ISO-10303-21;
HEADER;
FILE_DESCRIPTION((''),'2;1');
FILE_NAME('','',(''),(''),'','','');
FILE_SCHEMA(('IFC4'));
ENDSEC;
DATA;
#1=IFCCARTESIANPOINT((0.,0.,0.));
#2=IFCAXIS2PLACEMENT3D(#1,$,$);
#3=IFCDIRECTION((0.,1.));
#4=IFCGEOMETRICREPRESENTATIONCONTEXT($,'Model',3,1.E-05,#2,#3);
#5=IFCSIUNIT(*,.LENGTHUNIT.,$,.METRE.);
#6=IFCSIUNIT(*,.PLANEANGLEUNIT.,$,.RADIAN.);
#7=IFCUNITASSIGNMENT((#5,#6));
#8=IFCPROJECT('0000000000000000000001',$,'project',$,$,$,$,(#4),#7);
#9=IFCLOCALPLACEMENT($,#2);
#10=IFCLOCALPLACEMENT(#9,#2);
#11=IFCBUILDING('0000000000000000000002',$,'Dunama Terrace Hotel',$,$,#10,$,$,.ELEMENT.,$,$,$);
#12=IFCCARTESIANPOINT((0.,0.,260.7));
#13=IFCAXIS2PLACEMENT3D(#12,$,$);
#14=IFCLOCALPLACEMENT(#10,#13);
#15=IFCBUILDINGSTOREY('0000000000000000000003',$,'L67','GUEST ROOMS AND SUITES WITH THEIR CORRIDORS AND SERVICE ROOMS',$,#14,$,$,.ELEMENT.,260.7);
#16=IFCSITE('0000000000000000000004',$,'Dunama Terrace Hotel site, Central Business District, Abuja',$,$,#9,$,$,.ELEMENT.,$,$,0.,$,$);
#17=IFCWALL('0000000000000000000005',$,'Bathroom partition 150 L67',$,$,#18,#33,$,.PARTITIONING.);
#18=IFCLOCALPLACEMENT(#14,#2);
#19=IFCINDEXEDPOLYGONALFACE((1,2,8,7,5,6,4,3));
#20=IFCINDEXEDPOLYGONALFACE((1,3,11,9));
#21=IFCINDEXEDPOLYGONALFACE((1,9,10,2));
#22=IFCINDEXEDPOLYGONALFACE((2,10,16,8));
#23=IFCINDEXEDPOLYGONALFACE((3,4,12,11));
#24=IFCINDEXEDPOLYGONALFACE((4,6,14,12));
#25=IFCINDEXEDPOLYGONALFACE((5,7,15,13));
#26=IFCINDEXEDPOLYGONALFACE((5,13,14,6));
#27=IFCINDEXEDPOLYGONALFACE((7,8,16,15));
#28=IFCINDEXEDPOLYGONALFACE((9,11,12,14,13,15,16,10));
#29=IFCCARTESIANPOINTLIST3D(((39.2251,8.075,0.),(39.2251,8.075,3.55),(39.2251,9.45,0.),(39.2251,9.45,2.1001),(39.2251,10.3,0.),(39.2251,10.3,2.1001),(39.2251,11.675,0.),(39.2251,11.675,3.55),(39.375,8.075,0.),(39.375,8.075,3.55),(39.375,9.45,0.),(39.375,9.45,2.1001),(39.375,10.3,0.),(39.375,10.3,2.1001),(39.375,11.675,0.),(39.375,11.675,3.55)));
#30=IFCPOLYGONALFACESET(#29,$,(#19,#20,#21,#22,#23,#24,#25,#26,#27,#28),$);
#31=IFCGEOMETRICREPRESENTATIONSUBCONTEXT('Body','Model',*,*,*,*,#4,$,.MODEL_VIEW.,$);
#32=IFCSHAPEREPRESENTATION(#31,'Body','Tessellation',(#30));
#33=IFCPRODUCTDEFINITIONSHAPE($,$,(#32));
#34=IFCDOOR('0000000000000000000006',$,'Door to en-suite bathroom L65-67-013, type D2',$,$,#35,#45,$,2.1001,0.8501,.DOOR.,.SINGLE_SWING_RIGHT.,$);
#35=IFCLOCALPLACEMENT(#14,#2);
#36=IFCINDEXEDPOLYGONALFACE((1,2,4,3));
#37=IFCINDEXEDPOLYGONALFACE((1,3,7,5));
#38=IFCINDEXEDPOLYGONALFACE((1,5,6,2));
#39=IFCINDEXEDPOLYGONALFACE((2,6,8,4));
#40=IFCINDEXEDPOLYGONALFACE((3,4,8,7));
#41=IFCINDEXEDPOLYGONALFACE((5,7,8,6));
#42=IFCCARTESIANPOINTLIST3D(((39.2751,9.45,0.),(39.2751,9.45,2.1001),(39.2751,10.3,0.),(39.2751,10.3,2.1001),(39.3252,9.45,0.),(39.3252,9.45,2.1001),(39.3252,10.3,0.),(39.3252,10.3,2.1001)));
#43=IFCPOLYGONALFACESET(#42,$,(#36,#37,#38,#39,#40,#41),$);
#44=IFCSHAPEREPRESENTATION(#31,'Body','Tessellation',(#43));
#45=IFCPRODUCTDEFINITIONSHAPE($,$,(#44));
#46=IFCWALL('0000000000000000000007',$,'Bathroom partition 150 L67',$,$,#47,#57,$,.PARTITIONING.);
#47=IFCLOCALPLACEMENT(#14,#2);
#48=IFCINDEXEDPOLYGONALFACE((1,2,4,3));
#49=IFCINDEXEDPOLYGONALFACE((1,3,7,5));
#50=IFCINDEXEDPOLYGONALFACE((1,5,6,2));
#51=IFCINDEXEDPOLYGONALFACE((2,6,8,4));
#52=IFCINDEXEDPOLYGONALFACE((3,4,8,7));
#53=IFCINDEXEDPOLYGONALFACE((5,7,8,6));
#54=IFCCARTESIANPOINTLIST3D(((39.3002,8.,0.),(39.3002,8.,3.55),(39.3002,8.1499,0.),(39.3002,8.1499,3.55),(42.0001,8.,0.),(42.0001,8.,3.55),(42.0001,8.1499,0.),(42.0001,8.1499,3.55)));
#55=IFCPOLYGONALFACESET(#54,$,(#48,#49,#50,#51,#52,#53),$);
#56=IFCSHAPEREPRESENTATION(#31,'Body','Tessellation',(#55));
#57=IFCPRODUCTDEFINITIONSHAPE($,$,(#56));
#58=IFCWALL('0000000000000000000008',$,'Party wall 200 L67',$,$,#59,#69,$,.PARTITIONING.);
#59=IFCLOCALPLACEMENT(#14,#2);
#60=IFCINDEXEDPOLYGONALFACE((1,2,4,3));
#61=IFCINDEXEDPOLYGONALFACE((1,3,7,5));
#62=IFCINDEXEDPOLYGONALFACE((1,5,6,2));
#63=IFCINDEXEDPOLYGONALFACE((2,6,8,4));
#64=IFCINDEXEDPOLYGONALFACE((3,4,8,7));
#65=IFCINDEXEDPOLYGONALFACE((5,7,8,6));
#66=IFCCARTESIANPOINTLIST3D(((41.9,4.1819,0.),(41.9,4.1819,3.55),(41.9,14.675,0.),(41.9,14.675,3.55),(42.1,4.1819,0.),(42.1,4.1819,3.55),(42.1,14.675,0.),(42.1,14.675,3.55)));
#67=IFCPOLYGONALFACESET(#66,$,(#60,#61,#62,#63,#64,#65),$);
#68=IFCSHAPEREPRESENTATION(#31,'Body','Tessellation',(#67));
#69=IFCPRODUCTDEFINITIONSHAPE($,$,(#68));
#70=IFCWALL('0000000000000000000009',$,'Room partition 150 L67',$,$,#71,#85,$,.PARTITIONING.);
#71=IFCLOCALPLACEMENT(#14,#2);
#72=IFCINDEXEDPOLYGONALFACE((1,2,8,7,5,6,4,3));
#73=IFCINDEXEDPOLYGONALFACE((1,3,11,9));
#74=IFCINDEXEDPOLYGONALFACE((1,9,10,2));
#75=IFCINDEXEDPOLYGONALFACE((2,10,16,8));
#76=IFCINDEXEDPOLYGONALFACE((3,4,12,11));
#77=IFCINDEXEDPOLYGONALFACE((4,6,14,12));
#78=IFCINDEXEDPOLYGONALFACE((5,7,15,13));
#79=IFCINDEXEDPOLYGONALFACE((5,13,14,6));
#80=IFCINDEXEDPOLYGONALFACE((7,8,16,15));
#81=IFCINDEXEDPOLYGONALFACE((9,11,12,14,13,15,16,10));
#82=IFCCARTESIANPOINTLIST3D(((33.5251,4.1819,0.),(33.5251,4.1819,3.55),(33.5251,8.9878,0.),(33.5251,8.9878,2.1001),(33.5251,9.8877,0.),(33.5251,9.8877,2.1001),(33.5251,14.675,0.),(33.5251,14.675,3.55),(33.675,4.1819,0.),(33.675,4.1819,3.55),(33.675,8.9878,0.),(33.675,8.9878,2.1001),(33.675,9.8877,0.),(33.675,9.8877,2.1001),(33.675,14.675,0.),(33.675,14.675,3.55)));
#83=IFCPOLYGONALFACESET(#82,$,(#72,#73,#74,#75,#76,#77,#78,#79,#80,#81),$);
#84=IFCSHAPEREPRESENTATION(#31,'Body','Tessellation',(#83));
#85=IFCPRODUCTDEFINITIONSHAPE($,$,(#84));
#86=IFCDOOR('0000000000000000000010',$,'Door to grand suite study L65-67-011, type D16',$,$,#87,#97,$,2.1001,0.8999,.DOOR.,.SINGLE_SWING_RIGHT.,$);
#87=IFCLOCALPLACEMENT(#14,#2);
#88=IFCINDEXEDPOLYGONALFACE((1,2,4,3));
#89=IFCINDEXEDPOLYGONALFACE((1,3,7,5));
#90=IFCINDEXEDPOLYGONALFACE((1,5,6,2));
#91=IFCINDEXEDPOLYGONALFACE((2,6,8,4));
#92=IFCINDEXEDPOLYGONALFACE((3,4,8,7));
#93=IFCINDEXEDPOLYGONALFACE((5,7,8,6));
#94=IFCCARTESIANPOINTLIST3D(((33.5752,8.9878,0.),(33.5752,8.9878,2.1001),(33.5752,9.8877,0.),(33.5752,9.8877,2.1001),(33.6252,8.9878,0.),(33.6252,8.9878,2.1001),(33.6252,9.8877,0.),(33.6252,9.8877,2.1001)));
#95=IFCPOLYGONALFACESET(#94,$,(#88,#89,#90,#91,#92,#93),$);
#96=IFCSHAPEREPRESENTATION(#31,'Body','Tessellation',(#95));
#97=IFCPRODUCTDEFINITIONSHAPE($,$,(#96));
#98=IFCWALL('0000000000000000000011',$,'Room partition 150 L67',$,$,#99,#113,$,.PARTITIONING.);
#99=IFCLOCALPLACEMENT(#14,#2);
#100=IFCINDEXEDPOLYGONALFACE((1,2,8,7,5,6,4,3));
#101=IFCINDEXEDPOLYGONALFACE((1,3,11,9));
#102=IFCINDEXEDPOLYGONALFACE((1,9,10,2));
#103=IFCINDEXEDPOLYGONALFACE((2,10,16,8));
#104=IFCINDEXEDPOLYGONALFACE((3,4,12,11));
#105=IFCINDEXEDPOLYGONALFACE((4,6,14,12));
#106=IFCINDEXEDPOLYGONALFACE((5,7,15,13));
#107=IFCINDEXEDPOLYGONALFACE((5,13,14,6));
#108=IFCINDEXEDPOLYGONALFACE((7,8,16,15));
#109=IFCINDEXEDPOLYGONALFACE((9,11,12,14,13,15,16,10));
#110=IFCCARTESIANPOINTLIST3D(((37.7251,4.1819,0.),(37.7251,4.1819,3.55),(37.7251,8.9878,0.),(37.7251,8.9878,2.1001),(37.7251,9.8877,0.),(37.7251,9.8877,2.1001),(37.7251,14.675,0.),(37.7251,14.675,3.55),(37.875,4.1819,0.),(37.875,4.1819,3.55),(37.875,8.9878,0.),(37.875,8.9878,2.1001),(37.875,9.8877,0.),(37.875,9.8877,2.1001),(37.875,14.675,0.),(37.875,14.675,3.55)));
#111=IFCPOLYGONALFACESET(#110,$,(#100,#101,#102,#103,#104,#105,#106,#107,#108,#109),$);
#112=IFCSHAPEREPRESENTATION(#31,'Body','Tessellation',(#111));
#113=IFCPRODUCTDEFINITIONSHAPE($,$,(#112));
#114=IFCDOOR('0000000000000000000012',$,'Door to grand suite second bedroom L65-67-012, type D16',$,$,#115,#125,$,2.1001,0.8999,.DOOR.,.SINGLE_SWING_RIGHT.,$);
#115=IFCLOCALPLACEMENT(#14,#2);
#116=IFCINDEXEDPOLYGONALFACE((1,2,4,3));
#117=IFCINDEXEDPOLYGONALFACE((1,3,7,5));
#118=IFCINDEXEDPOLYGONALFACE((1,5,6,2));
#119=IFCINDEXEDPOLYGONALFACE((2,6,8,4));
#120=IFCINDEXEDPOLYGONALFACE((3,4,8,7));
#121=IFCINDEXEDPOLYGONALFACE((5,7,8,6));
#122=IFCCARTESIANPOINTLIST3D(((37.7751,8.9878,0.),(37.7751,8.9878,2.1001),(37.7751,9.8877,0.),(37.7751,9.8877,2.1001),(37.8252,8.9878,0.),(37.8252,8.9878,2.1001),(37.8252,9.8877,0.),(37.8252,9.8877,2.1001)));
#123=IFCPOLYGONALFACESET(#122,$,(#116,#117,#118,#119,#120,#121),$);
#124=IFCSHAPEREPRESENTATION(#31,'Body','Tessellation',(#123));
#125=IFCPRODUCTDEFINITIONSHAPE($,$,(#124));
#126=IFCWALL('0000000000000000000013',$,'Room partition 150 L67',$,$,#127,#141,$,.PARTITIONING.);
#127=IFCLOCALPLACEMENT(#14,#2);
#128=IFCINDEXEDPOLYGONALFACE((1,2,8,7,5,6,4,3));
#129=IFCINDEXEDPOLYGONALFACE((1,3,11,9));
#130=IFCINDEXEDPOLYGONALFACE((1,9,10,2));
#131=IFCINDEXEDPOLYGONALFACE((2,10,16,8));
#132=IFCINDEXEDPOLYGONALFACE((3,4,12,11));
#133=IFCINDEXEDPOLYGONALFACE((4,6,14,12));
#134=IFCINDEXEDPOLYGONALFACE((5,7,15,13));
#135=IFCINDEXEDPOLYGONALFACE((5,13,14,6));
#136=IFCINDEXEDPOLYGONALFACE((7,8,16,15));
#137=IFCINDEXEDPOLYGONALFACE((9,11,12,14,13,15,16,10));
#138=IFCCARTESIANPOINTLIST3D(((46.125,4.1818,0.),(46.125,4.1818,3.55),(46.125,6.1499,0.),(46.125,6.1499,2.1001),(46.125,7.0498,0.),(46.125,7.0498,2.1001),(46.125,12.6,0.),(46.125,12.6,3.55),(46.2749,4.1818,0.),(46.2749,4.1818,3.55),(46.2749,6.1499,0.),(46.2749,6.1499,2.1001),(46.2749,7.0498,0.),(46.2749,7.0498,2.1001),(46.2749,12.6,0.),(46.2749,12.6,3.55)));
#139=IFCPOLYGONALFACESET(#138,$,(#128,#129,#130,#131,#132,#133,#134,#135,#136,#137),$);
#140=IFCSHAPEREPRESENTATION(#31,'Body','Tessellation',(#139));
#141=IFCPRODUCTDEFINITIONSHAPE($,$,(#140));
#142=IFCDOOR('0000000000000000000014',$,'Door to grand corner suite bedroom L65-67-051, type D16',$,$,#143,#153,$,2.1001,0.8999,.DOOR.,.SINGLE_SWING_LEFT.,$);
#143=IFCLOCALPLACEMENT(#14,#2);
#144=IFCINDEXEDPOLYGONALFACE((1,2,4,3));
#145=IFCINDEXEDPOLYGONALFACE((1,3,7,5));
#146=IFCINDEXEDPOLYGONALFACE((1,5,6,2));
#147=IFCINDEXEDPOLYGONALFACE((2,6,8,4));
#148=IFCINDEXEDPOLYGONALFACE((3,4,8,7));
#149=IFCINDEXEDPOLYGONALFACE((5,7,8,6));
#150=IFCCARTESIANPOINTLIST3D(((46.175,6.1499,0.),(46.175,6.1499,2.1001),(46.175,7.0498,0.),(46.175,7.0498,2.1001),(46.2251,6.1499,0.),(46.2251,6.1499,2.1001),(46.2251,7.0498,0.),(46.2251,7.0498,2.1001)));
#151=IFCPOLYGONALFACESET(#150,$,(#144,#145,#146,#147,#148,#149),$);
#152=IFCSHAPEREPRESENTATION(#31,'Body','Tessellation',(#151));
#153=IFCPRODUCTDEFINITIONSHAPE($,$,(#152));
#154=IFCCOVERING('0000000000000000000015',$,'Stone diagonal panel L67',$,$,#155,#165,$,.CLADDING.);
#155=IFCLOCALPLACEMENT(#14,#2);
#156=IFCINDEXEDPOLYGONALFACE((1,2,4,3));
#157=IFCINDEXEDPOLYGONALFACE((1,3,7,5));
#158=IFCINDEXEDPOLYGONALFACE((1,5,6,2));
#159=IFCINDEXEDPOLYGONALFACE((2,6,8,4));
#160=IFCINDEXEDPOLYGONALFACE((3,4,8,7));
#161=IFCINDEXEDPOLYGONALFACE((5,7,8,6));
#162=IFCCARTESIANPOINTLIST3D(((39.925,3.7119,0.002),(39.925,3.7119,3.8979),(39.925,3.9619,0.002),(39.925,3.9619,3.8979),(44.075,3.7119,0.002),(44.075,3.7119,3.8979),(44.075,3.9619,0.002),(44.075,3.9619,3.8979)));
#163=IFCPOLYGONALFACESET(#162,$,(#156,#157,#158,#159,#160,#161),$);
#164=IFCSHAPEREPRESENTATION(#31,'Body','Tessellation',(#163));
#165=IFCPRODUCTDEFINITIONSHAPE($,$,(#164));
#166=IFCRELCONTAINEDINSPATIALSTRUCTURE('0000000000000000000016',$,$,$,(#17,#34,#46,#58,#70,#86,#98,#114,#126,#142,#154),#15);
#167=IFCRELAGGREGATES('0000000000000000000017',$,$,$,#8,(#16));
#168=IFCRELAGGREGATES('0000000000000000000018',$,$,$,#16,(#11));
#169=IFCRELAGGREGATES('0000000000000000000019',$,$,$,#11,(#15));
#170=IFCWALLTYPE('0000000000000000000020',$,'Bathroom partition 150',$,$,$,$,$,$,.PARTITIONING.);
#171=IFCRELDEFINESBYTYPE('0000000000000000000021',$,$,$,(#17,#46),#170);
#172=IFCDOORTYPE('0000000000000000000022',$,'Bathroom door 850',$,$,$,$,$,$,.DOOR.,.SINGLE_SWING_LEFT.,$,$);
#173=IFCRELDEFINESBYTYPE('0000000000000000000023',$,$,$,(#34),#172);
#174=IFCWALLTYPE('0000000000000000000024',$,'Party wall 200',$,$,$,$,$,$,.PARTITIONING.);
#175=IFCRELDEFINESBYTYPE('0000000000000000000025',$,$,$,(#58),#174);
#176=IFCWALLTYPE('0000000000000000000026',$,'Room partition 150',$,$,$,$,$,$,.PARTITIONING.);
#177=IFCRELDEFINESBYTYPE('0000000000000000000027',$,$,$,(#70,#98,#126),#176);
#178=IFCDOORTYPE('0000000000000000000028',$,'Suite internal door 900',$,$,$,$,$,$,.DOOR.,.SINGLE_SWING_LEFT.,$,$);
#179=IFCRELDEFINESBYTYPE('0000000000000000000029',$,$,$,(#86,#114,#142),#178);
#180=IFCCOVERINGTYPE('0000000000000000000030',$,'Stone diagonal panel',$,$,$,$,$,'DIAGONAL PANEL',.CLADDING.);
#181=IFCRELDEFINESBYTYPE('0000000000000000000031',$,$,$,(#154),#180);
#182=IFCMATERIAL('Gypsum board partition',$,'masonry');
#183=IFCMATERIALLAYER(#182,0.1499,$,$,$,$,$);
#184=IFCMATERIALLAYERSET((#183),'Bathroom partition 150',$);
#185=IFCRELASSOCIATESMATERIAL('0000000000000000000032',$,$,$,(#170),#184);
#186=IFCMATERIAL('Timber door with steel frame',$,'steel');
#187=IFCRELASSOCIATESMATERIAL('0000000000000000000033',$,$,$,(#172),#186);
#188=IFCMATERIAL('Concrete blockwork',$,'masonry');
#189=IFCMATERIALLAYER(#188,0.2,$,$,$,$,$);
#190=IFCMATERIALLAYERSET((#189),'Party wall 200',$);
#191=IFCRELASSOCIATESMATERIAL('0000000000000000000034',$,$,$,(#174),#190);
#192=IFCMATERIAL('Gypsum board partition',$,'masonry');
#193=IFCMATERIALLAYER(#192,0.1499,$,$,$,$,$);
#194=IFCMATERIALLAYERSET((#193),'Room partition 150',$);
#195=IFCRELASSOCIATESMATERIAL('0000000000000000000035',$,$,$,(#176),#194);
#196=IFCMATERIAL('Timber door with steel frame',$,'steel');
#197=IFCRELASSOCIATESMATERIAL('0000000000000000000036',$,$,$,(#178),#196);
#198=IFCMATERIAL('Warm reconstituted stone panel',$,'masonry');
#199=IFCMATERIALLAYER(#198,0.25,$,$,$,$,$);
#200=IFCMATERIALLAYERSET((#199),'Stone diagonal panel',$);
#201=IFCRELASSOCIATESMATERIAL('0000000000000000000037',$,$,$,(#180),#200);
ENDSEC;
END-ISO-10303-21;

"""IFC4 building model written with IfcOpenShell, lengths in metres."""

from ifc_helpers import new_model, si_unit, direction, frame, frame_2d, origin, origin_2d, place, context, subcontext, project, spatial, rectangle, extrude, material, layer, layer_set, type_object, element, fill, save


model = new_model("IFC4")

# Units and contexts
model_context = context("Model", 3, precision=1e-05, world=origin(), true_north=direction((0.0, 1.0)))
body_context = subcontext(model_context, "Body", "Model", "MODEL_VIEW")
ifc_project = project(units=[si_unit("LENGTHUNIT", "METRE"), si_unit("PLANEANGLEUNIT", "RADIAN")], contexts=[model_context])

# Site, building, storey
site_placement = place(None, origin())
site = spatial("IfcSite", under=ifc_project, at=site_placement, Name="Dunama Terrace Hotel site, Central Business District, Abuja", CompositionType="ELEMENT", RefElevation=0.0)
building_placement = place(site_placement, origin())
building = spatial("IfcBuilding", under=site, at=building_placement, Name="Dunama Terrace Hotel", CompositionType="ELEMENT")
storey_placement = place(building_placement, frame((0.0, 0.0, 260.7)))
storey = spatial("IfcBuildingStorey", under=building, at=storey_placement, Name="L67", Description="GUEST ROOMS AND SUITES WITH THEIR CORRIDORS AND SERVICE ROOMS", CompositionType="ELEMENT", Elevation=260.7)

# Wall, opening, door
ifc_material_1 = material(Name="Gypsum board partition", Category="masonry")
ifc_layer_1 = layer(ifc_material_1, 0.1499)
ifc_layer_set_1 = layer_set([ifc_layer_1], Name="Bathroom partition 150")
wall_type_1 = type_object("IfcWallType", Name="Bathroom partition 150", PredefinedType="PARTITIONING", material=ifc_layer_set_1)
wall_1_placement = place(storey_placement, frame((39.3, 8.075, 0.0), z_axis=(0.0, 0.0, 1.0), x_axis=(0.0, 1.0, 0.0)))
wall_1 = element("IfcWall", 1, at=wall_1_placement, inside=storey, type_object=wall_type_1, Name="Bathroom partition 150 L67", PredefinedType="PARTITIONING", context=body_context, shape_type="SweptSolid", body=[
    extrude(rectangle(XDim=3.6001, YDim=0.1499, at=frame_2d((1.8, 0.0))), origin(), (0.0, 0.0, 1.0), 3.55),
])
opening_1_placement = place(wall_1_placement, frame((1.375, 0.0, 0.0)))
opening_1 = element("IfcOpeningElement", 2, at=opening_1_placement, cuts=wall_1, PredefinedType="OPENING", context=body_context, shape_type="SweptSolid", body=[
    extrude(rectangle(XDim=0.8501, YDim=2.1001, at=frame_2d((0.425, 1.05))), frame((0.0, 0.085, 0.0), z_axis=(0.0, -1.0, 0.0), x_axis=(1.0, 0.0, 0.0)), (0.0, 0.0, 1.0), 0.1699),
])
ifc_material_2 = material(Name="Timber door with steel frame", Category="steel")
door_type_1 = type_object("IfcDoorType", Name="Bathroom door 850", OperationType="SINGLE_SWING_LEFT", PredefinedType="DOOR", material=ifc_material_2)
door_1_placement = place(opening_1_placement, frame((0.8501, 0.0, 0.0), z_axis=(0.0, 0.0, 1.0), x_axis=(-1.0, 0.0, 0.0)))
door_1 = element("IfcDoor", 3, at=door_1_placement, inside=storey, type_object=door_type_1, Name="Door to en-suite bathroom L65-67-013, type D2", OperationType="SINGLE_SWING_RIGHT", OverallHeight=2.1001, OverallWidth=0.8501, PredefinedType="DOOR", context=body_context, shape_type="SweptSolid", body=[
    extrude(rectangle(XDim=0.8501, YDim=2.1001, at=frame_2d((0.425, 1.05))), frame((0.0, 0.0251, 0.0), z_axis=(0.0, -1.0, 0.0), x_axis=(1.0, 0.0, 0.0)), (0.0, 0.0, 1.0), 0.05),
])
fill(opening_1, door_1)

# Walls
wall_2_placement = place(storey_placement, frame((39.3, 8.075, 0.0), z_axis=(0.0, 0.0, 1.0), x_axis=(1.0, 0.0, 0.0)))
element("IfcWall", 4, at=wall_2_placement, inside=storey, type_object=wall_type_1, Name="Bathroom partition 150 L67", PredefinedType="PARTITIONING", context=body_context, shape_type="SweptSolid", body=[
    extrude(rectangle(XDim=2.7, YDim=0.1499, at=frame_2d((1.3501, 0.0))), origin(), (0.0, 0.0, 1.0), 3.55),
])
ifc_material_3 = material(Name="Concrete blockwork", Category="masonry")
ifc_layer_2 = layer(ifc_material_3, 0.2)
ifc_layer_set_2 = layer_set([ifc_layer_2], Name="Party wall 200")
wall_type_2 = type_object("IfcWallType", Name="Party wall 200", PredefinedType="PARTITIONING", material=ifc_layer_set_2)
wall_3_placement = place(storey_placement, frame((42.0, 4.1819, 0.0), z_axis=(0.0, 0.0, 1.0), x_axis=(0.0, 1.0, 0.0)))
element("IfcWall", 5, at=wall_3_placement, inside=storey, type_object=wall_type_2, Name="Party wall 200 L67", PredefinedType="PARTITIONING", context=body_context, shape_type="SweptSolid", body=[
    extrude(rectangle(XDim=10.4932, YDim=0.2, at=frame_2d((5.2466, 0.0))), origin(), (0.0, 0.0, 1.0), 3.55),
])

# Walls, openings, doors
ifc_material_4 = material(Name="Gypsum board partition", Category="masonry")
ifc_layer_3 = layer(ifc_material_4, 0.1499)
ifc_layer_set_3 = layer_set([ifc_layer_3], Name="Room partition 150")
wall_type_3 = type_object("IfcWallType", Name="Room partition 150", PredefinedType="PARTITIONING", material=ifc_layer_set_3)
wall_4_placement = place(storey_placement, frame((33.6001, 4.1819, 0.0), z_axis=(0.0, 0.0, 1.0), x_axis=(0.0, 1.0, 0.0)))
wall_4 = element("IfcWall", 6, at=wall_4_placement, inside=storey, type_object=wall_type_3, Name="Room partition 150 L67", PredefinedType="PARTITIONING", context=body_context, shape_type="SweptSolid", body=[
    extrude(rectangle(XDim=10.4932, YDim=0.1499, at=frame_2d((5.2466, 0.0))), origin(), (0.0, 0.0, 1.0), 3.55),
])
opening_2_placement = place(wall_4_placement, frame((4.8059, 0.0, 0.0)))
opening_2 = element("IfcOpeningElement", 7, at=opening_2_placement, cuts=wall_4, PredefinedType="OPENING", context=body_context, shape_type="SweptSolid", body=[
    extrude(rectangle(XDim=0.8999, YDim=2.1001, at=frame_2d((0.45, 1.05))), frame((0.0, 0.085, 0.0), z_axis=(0.0, -1.0, 0.0), x_axis=(1.0, 0.0, 0.0)), (0.0, 0.0, 1.0), 0.1699),
])
ifc_material_5 = material(Name="Timber door with steel frame", Category="steel")
door_type_2 = type_object("IfcDoorType", Name="Suite internal door 900", OperationType="SINGLE_SWING_LEFT", PredefinedType="DOOR", material=ifc_material_5)
door_2_placement = place(opening_2_placement, origin())
door_2 = element("IfcDoor", 8, at=door_2_placement, inside=storey, type_object=door_type_2, Name="Door to grand suite study L65-67-011, type D16", OperationType="SINGLE_SWING_RIGHT", OverallHeight=2.1001, OverallWidth=0.8999, PredefinedType="DOOR", context=body_context, shape_type="SweptSolid", body=[
    extrude(rectangle(XDim=0.8999, YDim=2.1001, at=frame_2d((0.45, 1.05))), frame((0.0, 0.0249, 0.0), z_axis=(0.0, -1.0, 0.0), x_axis=(1.0, 0.0, 0.0)), (0.0, 0.0, 1.0), 0.05),
])
fill(opening_2, door_2)
wall_5_placement = place(storey_placement, frame((37.8, 4.1819, 0.0), z_axis=(0.0, 0.0, 1.0), x_axis=(0.0, 1.0, 0.0)))
wall_5 = element("IfcWall", 9, at=wall_5_placement, inside=storey, type_object=wall_type_3, Name="Room partition 150 L67", PredefinedType="PARTITIONING", context=body_context, shape_type="SweptSolid", body=[
    extrude(rectangle(XDim=10.4932, YDim=0.1499, at=frame_2d((5.2466, 0.0))), origin(), (0.0, 0.0, 1.0), 3.55),
])
opening_3_placement = place(wall_5_placement, frame((4.8059, 0.0, 0.0)))
opening_3 = element("IfcOpeningElement", 10, at=opening_3_placement, cuts=wall_5, PredefinedType="OPENING", context=body_context, shape_type="SweptSolid", body=[
    extrude(rectangle(XDim=0.8999, YDim=2.1001, at=frame_2d((0.45, 1.05))), frame((0.0, 0.085, 0.0), z_axis=(0.0, -1.0, 0.0), x_axis=(1.0, 0.0, 0.0)), (0.0, 0.0, 1.0), 0.1699),
])
door_3_placement = place(opening_3_placement, frame((0.8999, 0.0, 0.0), z_axis=(0.0, 0.0, 1.0), x_axis=(-1.0, 0.0, 0.0)))
door_3 = element("IfcDoor", 11, at=door_3_placement, inside=storey, type_object=door_type_2, Name="Door to grand suite second bedroom L65-67-012, type D16", OperationType="SINGLE_SWING_RIGHT", OverallHeight=2.1001, OverallWidth=0.8999, PredefinedType="DOOR", context=body_context, shape_type="SweptSolid", body=[
    extrude(rectangle(XDim=0.8999, YDim=2.1001, at=frame_2d((0.45, 1.05))), frame((0.0, 0.0251, 0.0), z_axis=(0.0, -1.0, 0.0), x_axis=(1.0, 0.0, 0.0)), (0.0, 0.0, 1.0), 0.05),
])
fill(opening_3, door_3)
wall_6_placement = place(storey_placement, frame((46.2, 4.1819, 0.0), z_axis=(0.0, 0.0, 1.0), x_axis=(0.0, 1.0, 0.0)))
wall_6 = element("IfcWall", 12, at=wall_6_placement, inside=storey, type_object=wall_type_3, Name="Room partition 150 L67", PredefinedType="PARTITIONING", context=body_context, shape_type="SweptSolid", body=[
    extrude(rectangle(XDim=8.4182, YDim=0.1499, at=frame_2d((4.209, 0.0))), origin(), (0.0, 0.0, 1.0), 3.55),
])
opening_4_placement = place(wall_6_placement, frame((1.968, 0.0, 0.0)))
opening_4 = element("IfcOpeningElement", 13, at=opening_4_placement, cuts=wall_6, PredefinedType="OPENING", context=body_context, shape_type="SweptSolid", body=[
    extrude(rectangle(XDim=0.8999, YDim=2.1001, at=frame_2d((0.45, 1.05))), frame((0.0, 0.085, 0.0), z_axis=(0.0, -1.0, 0.0), x_axis=(1.0, 0.0, 0.0)), (0.0, 0.0, 1.0), 0.1699),
])
door_4_placement = place(opening_4_placement, frame((0.8999, 0.0, 0.0), z_axis=(0.0, 0.0, 1.0), x_axis=(-1.0, 0.0, 0.0)))
door_4 = element("IfcDoor", 14, at=door_4_placement, inside=storey, type_object=door_type_2, Name="Door to grand corner suite bedroom L65-67-051, type D16", OperationType="SINGLE_SWING_LEFT", OverallHeight=2.1001, OverallWidth=0.8999, PredefinedType="DOOR", context=body_context, shape_type="SweptSolid", body=[
    extrude(rectangle(XDim=0.8999, YDim=2.1001, at=frame_2d((0.45, 1.05))), frame((0.0, 0.0251, 0.0), z_axis=(0.0, -1.0, 0.0), x_axis=(1.0, 0.0, 0.0)), (0.0, 0.0, 1.0), 0.05),
])
fill(opening_4, door_4)

# Covering
ifc_material_6 = material(Name="Warm reconstituted stone panel", Category="masonry")
ifc_layer_4 = layer(ifc_material_6, 0.25)
ifc_layer_set_4 = layer_set([ifc_layer_4], Name="Stone diagonal panel")
covering_type = type_object("IfcCoveringType", Name="Stone diagonal panel", ElementType="DIAGONAL PANEL", PredefinedType="CLADDING", material=ifc_layer_set_4)
covering_placement = place(storey_placement, frame((42.0, 3.8369, 0.002), z_axis=(0.0, 0.0, 1.0), x_axis=(1.0, 0.0, 0.0)))
element("IfcCovering", 15, at=covering_placement, inside=storey, type_object=covering_type, Name="Stone diagonal panel L67", PredefinedType="CLADDING", context=body_context, shape_type="SweptSolid", body=[
    extrude(rectangle(XDim=4.1499, YDim=0.25, at=origin_2d()), origin(), (0.0, 0.0, 1.0), 3.896),
])

save(model, "model.ifc")
